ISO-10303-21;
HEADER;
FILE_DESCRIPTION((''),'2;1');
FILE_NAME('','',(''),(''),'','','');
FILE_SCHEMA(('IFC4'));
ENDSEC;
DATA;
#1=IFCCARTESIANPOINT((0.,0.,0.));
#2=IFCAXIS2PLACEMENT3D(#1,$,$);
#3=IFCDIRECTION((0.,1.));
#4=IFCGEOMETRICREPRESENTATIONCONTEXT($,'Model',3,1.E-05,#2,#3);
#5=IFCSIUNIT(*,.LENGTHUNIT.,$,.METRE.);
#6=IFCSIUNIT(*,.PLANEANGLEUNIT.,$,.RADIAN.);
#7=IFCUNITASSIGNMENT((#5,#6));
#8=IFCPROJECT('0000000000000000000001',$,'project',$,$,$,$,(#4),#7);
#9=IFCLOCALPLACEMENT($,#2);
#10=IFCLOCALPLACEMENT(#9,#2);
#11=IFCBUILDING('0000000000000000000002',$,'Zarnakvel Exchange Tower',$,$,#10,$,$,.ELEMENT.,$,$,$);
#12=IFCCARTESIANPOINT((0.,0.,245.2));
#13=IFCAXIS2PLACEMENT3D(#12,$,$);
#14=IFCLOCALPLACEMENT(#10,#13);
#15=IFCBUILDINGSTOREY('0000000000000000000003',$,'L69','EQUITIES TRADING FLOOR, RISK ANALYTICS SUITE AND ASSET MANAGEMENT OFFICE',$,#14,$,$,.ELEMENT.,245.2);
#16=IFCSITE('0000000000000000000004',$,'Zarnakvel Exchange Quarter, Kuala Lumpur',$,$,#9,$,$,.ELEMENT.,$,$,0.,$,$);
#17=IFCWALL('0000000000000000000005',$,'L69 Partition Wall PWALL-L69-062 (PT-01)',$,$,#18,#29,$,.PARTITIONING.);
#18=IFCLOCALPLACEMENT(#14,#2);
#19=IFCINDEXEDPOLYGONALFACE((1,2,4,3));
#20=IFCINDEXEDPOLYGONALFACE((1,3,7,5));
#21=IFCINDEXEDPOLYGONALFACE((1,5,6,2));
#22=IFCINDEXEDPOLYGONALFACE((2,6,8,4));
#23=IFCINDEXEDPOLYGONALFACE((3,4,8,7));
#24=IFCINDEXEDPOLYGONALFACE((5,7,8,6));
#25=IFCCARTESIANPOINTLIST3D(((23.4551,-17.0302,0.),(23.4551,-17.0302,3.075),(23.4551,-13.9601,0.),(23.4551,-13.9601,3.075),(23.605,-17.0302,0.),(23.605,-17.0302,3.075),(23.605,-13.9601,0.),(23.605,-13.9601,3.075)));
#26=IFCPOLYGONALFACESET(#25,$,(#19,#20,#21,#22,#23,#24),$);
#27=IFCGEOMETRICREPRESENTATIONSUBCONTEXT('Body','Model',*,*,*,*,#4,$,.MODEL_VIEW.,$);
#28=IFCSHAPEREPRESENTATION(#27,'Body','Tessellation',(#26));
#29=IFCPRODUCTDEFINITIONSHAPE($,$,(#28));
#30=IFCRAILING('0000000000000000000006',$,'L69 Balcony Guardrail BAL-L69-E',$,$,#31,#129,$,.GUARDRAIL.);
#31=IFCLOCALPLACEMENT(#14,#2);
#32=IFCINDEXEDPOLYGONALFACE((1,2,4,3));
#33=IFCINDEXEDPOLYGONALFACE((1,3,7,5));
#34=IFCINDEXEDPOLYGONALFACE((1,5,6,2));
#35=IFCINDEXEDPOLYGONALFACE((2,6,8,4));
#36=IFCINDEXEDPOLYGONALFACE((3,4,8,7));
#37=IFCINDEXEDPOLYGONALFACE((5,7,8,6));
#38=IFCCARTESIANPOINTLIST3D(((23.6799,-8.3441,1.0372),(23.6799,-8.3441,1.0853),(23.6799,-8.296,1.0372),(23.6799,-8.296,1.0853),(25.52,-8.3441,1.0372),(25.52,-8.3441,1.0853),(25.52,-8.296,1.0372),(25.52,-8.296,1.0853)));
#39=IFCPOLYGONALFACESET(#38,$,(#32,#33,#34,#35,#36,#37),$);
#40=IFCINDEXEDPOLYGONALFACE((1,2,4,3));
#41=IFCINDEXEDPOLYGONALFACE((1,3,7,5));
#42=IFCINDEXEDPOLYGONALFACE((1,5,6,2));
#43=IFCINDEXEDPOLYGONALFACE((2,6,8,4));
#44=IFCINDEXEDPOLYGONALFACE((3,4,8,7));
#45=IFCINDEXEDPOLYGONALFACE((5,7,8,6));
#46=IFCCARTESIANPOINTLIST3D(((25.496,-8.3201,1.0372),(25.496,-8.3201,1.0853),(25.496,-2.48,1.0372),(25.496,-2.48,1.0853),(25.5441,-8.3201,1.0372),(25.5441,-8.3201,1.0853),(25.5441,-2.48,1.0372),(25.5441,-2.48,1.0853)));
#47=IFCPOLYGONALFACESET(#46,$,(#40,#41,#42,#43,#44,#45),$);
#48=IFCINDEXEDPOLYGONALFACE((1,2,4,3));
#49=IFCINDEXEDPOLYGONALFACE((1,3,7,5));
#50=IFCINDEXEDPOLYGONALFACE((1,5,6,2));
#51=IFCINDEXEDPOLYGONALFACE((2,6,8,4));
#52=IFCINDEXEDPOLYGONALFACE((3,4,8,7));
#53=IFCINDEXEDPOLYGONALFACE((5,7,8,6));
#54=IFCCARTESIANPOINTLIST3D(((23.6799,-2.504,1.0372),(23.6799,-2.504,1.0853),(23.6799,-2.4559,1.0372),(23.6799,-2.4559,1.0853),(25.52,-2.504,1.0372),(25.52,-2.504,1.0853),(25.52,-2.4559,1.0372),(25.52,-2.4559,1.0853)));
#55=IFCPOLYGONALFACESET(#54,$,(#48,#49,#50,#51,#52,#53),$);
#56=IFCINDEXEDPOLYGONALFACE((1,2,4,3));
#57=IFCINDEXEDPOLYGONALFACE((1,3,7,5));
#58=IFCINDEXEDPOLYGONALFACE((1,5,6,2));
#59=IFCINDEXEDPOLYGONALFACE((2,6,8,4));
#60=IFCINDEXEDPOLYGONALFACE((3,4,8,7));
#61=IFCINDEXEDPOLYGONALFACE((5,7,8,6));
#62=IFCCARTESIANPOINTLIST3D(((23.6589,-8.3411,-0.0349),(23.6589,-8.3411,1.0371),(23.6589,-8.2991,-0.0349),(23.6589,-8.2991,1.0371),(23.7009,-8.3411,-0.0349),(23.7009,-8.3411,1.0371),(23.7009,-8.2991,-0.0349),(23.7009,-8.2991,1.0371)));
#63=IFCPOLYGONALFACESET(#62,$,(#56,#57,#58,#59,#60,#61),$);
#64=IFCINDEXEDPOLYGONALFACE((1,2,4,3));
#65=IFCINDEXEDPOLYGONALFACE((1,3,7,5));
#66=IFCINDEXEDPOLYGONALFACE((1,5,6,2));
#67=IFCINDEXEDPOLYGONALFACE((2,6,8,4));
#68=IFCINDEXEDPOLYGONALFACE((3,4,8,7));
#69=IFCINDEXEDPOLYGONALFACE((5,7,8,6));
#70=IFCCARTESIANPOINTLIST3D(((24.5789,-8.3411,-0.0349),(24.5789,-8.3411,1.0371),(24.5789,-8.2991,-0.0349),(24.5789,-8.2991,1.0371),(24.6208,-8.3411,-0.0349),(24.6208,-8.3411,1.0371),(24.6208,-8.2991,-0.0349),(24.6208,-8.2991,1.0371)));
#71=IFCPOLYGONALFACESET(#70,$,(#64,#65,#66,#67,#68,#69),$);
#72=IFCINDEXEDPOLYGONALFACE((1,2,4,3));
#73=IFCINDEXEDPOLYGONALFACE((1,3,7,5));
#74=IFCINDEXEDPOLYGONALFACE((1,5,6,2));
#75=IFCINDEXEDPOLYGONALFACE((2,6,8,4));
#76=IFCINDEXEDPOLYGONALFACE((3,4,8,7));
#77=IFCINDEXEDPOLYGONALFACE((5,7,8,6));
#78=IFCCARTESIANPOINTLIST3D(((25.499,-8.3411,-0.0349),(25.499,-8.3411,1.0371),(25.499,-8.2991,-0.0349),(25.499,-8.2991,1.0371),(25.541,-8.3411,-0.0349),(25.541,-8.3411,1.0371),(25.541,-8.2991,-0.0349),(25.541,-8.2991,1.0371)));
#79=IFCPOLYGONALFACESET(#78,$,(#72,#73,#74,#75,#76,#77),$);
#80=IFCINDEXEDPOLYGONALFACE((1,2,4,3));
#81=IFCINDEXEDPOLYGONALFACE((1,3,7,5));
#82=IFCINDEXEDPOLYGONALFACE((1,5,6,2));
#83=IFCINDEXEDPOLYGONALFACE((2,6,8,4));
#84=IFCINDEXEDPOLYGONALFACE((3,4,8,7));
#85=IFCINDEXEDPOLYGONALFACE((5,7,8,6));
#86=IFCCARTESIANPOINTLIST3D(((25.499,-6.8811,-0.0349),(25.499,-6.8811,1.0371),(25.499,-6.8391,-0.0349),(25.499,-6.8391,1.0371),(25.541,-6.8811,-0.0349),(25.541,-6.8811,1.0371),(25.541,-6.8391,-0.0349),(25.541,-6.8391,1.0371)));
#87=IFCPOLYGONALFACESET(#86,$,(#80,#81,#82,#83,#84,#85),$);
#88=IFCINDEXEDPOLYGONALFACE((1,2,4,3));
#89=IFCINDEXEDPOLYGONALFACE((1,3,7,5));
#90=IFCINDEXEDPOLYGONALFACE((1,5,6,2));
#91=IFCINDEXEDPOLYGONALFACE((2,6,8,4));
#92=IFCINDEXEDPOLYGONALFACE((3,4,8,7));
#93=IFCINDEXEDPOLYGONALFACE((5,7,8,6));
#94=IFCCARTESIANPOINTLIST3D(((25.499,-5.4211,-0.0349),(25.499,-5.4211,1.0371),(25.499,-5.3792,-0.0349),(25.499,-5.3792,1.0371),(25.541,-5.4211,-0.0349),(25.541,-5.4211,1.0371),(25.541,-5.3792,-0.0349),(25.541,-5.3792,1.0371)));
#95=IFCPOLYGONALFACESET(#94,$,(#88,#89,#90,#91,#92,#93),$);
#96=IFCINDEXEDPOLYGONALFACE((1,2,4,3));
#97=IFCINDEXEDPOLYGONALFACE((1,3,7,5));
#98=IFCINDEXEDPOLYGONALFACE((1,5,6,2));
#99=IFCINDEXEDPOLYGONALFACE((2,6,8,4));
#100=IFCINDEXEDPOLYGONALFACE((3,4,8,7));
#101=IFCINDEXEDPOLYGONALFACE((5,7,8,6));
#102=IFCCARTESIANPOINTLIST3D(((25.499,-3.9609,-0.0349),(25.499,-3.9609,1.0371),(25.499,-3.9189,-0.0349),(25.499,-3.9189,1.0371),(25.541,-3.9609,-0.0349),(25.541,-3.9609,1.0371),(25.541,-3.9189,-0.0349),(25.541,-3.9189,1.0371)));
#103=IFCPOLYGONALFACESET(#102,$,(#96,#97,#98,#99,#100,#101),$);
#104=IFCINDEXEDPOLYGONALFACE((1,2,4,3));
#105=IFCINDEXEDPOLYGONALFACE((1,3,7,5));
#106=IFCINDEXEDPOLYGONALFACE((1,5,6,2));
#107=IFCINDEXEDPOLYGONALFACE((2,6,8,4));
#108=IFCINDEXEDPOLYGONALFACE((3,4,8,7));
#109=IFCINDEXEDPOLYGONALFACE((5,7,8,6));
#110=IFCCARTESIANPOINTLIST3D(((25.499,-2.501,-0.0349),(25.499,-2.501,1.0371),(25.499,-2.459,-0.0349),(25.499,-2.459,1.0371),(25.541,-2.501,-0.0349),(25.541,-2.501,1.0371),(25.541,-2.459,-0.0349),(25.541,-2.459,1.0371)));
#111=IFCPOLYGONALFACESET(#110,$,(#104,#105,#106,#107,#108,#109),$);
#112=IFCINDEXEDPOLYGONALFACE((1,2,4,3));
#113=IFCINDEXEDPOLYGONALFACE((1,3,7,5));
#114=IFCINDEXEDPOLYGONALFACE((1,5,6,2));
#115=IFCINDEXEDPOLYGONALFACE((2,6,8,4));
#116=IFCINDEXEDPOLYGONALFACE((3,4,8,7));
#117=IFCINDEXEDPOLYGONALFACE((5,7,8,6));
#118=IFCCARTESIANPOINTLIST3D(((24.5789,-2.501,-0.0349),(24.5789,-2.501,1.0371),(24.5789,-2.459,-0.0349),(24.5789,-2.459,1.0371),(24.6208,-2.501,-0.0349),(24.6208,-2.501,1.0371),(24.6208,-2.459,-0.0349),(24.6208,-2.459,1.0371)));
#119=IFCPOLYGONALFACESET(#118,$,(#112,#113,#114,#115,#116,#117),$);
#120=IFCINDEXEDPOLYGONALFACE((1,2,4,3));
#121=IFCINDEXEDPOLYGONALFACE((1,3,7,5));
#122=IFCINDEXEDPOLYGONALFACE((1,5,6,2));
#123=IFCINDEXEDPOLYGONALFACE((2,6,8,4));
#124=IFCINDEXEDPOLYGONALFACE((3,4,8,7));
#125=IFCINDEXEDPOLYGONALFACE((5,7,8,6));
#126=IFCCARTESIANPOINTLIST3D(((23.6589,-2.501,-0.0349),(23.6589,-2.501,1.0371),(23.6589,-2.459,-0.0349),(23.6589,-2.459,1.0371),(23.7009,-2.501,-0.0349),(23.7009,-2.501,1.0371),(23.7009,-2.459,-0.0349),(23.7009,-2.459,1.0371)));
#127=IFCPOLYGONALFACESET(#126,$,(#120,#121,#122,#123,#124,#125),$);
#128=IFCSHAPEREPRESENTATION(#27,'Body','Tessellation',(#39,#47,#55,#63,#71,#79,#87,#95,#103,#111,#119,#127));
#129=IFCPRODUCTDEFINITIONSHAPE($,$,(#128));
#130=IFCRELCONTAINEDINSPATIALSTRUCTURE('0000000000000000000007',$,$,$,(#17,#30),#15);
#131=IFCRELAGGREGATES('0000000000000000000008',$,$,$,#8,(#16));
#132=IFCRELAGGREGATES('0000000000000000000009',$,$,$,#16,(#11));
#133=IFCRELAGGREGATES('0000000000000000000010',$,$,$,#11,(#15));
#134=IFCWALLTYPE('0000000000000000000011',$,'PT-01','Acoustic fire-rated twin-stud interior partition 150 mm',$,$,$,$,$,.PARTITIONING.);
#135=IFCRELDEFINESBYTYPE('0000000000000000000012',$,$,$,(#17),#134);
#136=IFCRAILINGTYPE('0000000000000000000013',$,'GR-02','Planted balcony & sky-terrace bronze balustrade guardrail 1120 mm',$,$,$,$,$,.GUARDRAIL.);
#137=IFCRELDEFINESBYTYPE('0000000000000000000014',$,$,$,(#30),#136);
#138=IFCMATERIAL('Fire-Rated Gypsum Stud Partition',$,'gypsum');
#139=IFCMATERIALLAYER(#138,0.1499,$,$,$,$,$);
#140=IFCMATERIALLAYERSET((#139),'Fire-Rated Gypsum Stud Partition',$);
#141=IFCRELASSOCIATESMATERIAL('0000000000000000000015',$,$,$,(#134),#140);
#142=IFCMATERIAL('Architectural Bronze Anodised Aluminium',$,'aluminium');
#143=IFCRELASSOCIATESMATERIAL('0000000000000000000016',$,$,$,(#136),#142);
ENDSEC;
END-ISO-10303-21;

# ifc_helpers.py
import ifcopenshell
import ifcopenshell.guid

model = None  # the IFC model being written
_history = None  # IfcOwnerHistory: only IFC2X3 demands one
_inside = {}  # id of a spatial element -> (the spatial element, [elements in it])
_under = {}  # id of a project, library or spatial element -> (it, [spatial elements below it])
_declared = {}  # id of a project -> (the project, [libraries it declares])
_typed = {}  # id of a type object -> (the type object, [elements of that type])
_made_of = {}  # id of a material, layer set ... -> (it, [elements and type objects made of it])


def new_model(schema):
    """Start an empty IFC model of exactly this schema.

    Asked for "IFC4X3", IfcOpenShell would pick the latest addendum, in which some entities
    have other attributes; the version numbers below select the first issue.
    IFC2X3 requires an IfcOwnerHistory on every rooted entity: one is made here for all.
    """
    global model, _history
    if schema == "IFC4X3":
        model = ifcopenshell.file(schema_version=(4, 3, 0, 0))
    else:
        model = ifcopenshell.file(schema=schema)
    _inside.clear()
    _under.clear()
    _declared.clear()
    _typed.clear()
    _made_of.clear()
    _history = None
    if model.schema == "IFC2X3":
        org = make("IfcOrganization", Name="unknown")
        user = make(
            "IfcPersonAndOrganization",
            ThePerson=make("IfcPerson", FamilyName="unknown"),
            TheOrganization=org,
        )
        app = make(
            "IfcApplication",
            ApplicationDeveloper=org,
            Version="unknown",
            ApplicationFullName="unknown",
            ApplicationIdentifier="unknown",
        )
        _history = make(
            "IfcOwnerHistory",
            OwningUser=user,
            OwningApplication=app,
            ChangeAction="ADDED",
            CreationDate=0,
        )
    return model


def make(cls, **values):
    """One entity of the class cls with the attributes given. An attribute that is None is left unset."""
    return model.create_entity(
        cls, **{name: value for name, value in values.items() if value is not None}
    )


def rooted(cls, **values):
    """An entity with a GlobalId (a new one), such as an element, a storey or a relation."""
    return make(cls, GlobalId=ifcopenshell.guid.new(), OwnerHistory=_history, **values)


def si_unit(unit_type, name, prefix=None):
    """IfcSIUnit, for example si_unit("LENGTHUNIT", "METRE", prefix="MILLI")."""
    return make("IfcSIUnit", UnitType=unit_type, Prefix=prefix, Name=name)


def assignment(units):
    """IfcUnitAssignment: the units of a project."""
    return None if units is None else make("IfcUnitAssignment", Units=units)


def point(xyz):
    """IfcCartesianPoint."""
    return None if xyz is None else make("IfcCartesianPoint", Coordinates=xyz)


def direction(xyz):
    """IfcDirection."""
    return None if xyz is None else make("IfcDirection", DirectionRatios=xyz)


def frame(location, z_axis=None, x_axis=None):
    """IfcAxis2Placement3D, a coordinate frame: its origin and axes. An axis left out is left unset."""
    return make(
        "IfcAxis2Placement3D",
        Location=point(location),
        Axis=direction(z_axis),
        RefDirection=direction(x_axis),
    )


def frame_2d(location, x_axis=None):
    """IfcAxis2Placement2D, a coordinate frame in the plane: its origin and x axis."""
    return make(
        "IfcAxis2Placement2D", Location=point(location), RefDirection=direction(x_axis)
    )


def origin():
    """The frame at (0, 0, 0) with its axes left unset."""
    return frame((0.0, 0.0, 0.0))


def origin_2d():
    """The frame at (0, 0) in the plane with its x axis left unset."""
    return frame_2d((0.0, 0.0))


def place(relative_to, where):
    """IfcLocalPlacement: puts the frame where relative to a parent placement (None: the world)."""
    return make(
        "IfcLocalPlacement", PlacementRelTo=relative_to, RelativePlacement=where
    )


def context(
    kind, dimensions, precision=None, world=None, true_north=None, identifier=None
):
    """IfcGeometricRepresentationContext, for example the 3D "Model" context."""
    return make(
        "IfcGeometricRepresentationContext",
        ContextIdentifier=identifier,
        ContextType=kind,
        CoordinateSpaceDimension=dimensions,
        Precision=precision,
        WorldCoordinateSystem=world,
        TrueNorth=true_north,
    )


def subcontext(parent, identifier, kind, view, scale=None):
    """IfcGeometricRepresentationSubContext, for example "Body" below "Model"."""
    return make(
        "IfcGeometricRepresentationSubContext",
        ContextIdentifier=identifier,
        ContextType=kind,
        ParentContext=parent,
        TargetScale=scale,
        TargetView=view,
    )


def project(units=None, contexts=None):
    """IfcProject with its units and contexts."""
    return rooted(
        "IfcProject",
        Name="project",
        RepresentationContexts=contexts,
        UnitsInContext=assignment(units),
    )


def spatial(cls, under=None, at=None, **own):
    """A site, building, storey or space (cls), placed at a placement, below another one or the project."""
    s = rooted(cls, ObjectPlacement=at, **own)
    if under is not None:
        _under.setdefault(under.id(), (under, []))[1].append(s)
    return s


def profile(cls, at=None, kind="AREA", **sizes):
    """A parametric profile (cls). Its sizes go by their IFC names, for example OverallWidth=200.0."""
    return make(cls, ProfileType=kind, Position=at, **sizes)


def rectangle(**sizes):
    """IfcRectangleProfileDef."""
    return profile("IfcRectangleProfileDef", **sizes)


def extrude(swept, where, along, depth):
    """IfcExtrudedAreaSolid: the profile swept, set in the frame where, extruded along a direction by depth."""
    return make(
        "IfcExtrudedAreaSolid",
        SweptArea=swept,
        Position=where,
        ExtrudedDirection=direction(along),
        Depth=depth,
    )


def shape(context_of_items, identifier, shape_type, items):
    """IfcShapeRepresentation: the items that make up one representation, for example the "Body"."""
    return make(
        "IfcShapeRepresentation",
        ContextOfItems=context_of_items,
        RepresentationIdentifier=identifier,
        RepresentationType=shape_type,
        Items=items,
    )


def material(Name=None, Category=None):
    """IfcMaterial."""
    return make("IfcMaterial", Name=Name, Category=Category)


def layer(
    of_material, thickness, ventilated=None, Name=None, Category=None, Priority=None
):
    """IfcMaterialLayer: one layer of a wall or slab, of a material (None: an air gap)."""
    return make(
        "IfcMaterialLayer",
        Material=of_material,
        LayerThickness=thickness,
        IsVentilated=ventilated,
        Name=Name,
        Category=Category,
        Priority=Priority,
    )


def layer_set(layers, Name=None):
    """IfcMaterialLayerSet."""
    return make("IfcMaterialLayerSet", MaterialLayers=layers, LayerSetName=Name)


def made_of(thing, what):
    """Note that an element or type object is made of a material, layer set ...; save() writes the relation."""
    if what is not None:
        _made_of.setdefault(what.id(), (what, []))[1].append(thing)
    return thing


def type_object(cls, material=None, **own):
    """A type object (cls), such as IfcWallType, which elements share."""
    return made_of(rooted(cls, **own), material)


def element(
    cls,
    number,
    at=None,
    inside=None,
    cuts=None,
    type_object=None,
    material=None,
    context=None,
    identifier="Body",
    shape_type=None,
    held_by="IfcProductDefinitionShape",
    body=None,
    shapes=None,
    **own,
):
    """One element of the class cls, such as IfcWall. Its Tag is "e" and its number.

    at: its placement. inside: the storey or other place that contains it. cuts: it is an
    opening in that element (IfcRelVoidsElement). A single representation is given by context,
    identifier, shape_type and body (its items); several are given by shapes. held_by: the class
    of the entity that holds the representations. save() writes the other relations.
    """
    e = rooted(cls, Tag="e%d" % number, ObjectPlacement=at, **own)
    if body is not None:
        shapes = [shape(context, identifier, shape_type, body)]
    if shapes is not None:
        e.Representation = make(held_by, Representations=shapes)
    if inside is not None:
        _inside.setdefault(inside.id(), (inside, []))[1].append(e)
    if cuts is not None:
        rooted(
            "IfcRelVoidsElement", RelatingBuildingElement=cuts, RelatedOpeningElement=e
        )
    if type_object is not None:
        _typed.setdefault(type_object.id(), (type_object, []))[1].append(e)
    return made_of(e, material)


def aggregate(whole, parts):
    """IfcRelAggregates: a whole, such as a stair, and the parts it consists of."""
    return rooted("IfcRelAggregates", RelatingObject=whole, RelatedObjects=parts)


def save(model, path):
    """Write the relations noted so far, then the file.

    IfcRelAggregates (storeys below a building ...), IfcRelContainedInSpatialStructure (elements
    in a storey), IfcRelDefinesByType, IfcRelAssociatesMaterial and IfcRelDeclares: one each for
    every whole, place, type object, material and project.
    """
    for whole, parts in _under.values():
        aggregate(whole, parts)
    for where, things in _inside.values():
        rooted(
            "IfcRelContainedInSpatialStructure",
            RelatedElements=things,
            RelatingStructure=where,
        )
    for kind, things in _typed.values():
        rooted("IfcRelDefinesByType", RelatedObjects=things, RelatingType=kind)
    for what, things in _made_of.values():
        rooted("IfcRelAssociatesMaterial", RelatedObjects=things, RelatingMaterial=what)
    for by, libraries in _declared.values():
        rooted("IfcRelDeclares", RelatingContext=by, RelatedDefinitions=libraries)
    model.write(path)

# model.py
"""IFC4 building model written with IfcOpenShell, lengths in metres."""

from ifc_helpers import new_model, si_unit, direction, frame, frame_2d, origin, origin_2d, place, context, subcontext, project, spatial, rectangle, extrude, material, layer, layer_set, type_object, element, save


model = new_model("IFC4")

# Units and contexts
model_context = context("Model", 3, precision=1e-05, world=origin(), true_north=direction((0.0, 1.0)))
body_context = subcontext(model_context, "Body", "Model", "MODEL_VIEW")
ifc_project = project(units=[si_unit("LENGTHUNIT", "METRE"), si_unit("PLANEANGLEUNIT", "RADIAN")], contexts=[model_context])

# Site, building, storey
site_placement = place(None, origin())
site = spatial("IfcSite", under=ifc_project, at=site_placement, Name="Zarnakvel Exchange Quarter, Kuala Lumpur", CompositionType="ELEMENT", RefElevation=0.0)
building_placement = place(site_placement, origin())
building = spatial("IfcBuilding", under=site, at=building_placement, Name="Zarnakvel Exchange Tower", CompositionType="ELEMENT")
storey_placement = place(building_placement, frame((0.0, 0.0, 245.2)))
storey = spatial("IfcBuildingStorey", under=building, at=storey_placement, Name="L69", Description="EQUITIES TRADING FLOOR, RISK ANALYTICS SUITE AND ASSET MANAGEMENT OFFICE", CompositionType="ELEMENT", Elevation=245.2)

# Shared definitions
ifc_material_1 = material(Name="Architectural Bronze Anodised Aluminium", Category="aluminium")

# Wall
ifc_material_2 = material(Name="Fire-Rated Gypsum Stud Partition", Category="gypsum")
ifc_layer_1 = layer(ifc_material_2, 0.1499)
ifc_layer_set_1 = layer_set([ifc_layer_1], Name="Fire-Rated Gypsum Stud Partition")
wall_type_1 = type_object("IfcWallType", Name="PT-01", Description="Acoustic fire-rated twin-stud interior partition 150 mm", PredefinedType="PARTITIONING", material=ifc_layer_set_1)
wall_1_placement = place(storey_placement, frame((23.53, -13.96, 0.0), z_axis=(0.0, 0.0, 1.0), x_axis=(0.0, -1.0, 0.0)))
element("IfcWall", 1, at=wall_1_placement, inside=storey, type_object=wall_type_1, Name="L69 Partition Wall PWALL-L69-062 (PT-01)", PredefinedType="PARTITIONING", context=body_context, shape_type="SweptSolid", body=[
    extrude(rectangle(XDim=3.0701, YDim=0.1499, at=frame_2d((1.5352, 0.0))), origin(), (0.0, 0.0, 1.0), 3.075),
])

# Railing
railing_type = type_object("IfcRailingType", Name="GR-02", Description="Planted balcony & sky-terrace bronze balustrade guardrail 1120 mm", PredefinedType="GUARDRAIL", material=ifc_material_1)
railing_placement = place(storey_placement, frame((23.6799, -8.3201, -0.0349)))
element("IfcRailing", 2, at=railing_placement, inside=storey, type_object=railing_type, Name="L69 Balcony Guardrail BAL-L69-E", PredefinedType="GUARDRAIL", context=body_context, shape_type="SweptSolid", body=[
    extrude(rectangle(XDim=0.0481, YDim=0.0481, at=origin_2d()), frame((0.0, 0.0, 1.0962), z_axis=(1.0, 0.0, 0.0), x_axis=(0.0, 1.0, 0.0)), (0.0, 0.0, 1.0), 1.8401),
    extrude(rectangle(XDim=0.0481, YDim=0.0481, at=origin_2d()), frame((1.8401, 0.0, 1.0962), z_axis=(0.0, 1.0, 0.0), x_axis=(-1.0, 0.0, 0.0)), (0.0, 0.0, 1.0), 5.8401),
    extrude(rectangle(XDim=0.0481, YDim=0.0481, at=origin_2d()), frame((1.8401, 5.8401, 1.0962), z_axis=(-1.0, 0.0, 0.0), x_axis=(0.0, -1.0, 0.0)), (0.0, 0.0, 1.0), 1.8401),
    extrude(rectangle(XDim=0.042, YDim=0.042, at=origin_2d()), origin(), (0.0, 0.0, 1.0), 1.072),
    extrude(rectangle(XDim=0.042, YDim=0.042, at=origin_2d()), frame((0.9199, 0.0, 0.0)), (0.0, 0.0, 1.0), 1.072),
    extrude(rectangle(XDim=0.042, YDim=0.042, at=origin_2d()), frame((1.8401, 0.0, 0.0)), (0.0, 0.0, 1.0), 1.072),
    extrude(rectangle(XDim=0.042, YDim=0.042, at=origin_2d()), frame((1.8401, 1.46, 0.0)), (0.0, 0.0, 1.0), 1.072),
    extrude(rectangle(XDim=0.042, YDim=0.042, at=origin_2d()), frame((1.8401, 2.9199, 0.0)), (0.0, 0.0, 1.0), 1.072),
    extrude(rectangle(XDim=0.042, YDim=0.042, at=origin_2d()), frame((1.8401, 4.3801, 0.0)), (0.0, 0.0, 1.0), 1.072),
    extrude(rectangle(XDim=0.042, YDim=0.042, at=origin_2d()), frame((1.8401, 5.8401, 0.0)), (0.0, 0.0, 1.0), 1.072),
    extrude(rectangle(XDim=0.042, YDim=0.042, at=origin_2d()), frame((0.9199, 5.8401, 0.0)), (0.0, 0.0, 1.0), 1.072),
    extrude(rectangle(XDim=0.042, YDim=0.042, at=origin_2d()), frame((0.0, 5.8401, 0.0)), (0.0, 0.0, 1.0), 1.072),
])

save(model, "model.ifc")
